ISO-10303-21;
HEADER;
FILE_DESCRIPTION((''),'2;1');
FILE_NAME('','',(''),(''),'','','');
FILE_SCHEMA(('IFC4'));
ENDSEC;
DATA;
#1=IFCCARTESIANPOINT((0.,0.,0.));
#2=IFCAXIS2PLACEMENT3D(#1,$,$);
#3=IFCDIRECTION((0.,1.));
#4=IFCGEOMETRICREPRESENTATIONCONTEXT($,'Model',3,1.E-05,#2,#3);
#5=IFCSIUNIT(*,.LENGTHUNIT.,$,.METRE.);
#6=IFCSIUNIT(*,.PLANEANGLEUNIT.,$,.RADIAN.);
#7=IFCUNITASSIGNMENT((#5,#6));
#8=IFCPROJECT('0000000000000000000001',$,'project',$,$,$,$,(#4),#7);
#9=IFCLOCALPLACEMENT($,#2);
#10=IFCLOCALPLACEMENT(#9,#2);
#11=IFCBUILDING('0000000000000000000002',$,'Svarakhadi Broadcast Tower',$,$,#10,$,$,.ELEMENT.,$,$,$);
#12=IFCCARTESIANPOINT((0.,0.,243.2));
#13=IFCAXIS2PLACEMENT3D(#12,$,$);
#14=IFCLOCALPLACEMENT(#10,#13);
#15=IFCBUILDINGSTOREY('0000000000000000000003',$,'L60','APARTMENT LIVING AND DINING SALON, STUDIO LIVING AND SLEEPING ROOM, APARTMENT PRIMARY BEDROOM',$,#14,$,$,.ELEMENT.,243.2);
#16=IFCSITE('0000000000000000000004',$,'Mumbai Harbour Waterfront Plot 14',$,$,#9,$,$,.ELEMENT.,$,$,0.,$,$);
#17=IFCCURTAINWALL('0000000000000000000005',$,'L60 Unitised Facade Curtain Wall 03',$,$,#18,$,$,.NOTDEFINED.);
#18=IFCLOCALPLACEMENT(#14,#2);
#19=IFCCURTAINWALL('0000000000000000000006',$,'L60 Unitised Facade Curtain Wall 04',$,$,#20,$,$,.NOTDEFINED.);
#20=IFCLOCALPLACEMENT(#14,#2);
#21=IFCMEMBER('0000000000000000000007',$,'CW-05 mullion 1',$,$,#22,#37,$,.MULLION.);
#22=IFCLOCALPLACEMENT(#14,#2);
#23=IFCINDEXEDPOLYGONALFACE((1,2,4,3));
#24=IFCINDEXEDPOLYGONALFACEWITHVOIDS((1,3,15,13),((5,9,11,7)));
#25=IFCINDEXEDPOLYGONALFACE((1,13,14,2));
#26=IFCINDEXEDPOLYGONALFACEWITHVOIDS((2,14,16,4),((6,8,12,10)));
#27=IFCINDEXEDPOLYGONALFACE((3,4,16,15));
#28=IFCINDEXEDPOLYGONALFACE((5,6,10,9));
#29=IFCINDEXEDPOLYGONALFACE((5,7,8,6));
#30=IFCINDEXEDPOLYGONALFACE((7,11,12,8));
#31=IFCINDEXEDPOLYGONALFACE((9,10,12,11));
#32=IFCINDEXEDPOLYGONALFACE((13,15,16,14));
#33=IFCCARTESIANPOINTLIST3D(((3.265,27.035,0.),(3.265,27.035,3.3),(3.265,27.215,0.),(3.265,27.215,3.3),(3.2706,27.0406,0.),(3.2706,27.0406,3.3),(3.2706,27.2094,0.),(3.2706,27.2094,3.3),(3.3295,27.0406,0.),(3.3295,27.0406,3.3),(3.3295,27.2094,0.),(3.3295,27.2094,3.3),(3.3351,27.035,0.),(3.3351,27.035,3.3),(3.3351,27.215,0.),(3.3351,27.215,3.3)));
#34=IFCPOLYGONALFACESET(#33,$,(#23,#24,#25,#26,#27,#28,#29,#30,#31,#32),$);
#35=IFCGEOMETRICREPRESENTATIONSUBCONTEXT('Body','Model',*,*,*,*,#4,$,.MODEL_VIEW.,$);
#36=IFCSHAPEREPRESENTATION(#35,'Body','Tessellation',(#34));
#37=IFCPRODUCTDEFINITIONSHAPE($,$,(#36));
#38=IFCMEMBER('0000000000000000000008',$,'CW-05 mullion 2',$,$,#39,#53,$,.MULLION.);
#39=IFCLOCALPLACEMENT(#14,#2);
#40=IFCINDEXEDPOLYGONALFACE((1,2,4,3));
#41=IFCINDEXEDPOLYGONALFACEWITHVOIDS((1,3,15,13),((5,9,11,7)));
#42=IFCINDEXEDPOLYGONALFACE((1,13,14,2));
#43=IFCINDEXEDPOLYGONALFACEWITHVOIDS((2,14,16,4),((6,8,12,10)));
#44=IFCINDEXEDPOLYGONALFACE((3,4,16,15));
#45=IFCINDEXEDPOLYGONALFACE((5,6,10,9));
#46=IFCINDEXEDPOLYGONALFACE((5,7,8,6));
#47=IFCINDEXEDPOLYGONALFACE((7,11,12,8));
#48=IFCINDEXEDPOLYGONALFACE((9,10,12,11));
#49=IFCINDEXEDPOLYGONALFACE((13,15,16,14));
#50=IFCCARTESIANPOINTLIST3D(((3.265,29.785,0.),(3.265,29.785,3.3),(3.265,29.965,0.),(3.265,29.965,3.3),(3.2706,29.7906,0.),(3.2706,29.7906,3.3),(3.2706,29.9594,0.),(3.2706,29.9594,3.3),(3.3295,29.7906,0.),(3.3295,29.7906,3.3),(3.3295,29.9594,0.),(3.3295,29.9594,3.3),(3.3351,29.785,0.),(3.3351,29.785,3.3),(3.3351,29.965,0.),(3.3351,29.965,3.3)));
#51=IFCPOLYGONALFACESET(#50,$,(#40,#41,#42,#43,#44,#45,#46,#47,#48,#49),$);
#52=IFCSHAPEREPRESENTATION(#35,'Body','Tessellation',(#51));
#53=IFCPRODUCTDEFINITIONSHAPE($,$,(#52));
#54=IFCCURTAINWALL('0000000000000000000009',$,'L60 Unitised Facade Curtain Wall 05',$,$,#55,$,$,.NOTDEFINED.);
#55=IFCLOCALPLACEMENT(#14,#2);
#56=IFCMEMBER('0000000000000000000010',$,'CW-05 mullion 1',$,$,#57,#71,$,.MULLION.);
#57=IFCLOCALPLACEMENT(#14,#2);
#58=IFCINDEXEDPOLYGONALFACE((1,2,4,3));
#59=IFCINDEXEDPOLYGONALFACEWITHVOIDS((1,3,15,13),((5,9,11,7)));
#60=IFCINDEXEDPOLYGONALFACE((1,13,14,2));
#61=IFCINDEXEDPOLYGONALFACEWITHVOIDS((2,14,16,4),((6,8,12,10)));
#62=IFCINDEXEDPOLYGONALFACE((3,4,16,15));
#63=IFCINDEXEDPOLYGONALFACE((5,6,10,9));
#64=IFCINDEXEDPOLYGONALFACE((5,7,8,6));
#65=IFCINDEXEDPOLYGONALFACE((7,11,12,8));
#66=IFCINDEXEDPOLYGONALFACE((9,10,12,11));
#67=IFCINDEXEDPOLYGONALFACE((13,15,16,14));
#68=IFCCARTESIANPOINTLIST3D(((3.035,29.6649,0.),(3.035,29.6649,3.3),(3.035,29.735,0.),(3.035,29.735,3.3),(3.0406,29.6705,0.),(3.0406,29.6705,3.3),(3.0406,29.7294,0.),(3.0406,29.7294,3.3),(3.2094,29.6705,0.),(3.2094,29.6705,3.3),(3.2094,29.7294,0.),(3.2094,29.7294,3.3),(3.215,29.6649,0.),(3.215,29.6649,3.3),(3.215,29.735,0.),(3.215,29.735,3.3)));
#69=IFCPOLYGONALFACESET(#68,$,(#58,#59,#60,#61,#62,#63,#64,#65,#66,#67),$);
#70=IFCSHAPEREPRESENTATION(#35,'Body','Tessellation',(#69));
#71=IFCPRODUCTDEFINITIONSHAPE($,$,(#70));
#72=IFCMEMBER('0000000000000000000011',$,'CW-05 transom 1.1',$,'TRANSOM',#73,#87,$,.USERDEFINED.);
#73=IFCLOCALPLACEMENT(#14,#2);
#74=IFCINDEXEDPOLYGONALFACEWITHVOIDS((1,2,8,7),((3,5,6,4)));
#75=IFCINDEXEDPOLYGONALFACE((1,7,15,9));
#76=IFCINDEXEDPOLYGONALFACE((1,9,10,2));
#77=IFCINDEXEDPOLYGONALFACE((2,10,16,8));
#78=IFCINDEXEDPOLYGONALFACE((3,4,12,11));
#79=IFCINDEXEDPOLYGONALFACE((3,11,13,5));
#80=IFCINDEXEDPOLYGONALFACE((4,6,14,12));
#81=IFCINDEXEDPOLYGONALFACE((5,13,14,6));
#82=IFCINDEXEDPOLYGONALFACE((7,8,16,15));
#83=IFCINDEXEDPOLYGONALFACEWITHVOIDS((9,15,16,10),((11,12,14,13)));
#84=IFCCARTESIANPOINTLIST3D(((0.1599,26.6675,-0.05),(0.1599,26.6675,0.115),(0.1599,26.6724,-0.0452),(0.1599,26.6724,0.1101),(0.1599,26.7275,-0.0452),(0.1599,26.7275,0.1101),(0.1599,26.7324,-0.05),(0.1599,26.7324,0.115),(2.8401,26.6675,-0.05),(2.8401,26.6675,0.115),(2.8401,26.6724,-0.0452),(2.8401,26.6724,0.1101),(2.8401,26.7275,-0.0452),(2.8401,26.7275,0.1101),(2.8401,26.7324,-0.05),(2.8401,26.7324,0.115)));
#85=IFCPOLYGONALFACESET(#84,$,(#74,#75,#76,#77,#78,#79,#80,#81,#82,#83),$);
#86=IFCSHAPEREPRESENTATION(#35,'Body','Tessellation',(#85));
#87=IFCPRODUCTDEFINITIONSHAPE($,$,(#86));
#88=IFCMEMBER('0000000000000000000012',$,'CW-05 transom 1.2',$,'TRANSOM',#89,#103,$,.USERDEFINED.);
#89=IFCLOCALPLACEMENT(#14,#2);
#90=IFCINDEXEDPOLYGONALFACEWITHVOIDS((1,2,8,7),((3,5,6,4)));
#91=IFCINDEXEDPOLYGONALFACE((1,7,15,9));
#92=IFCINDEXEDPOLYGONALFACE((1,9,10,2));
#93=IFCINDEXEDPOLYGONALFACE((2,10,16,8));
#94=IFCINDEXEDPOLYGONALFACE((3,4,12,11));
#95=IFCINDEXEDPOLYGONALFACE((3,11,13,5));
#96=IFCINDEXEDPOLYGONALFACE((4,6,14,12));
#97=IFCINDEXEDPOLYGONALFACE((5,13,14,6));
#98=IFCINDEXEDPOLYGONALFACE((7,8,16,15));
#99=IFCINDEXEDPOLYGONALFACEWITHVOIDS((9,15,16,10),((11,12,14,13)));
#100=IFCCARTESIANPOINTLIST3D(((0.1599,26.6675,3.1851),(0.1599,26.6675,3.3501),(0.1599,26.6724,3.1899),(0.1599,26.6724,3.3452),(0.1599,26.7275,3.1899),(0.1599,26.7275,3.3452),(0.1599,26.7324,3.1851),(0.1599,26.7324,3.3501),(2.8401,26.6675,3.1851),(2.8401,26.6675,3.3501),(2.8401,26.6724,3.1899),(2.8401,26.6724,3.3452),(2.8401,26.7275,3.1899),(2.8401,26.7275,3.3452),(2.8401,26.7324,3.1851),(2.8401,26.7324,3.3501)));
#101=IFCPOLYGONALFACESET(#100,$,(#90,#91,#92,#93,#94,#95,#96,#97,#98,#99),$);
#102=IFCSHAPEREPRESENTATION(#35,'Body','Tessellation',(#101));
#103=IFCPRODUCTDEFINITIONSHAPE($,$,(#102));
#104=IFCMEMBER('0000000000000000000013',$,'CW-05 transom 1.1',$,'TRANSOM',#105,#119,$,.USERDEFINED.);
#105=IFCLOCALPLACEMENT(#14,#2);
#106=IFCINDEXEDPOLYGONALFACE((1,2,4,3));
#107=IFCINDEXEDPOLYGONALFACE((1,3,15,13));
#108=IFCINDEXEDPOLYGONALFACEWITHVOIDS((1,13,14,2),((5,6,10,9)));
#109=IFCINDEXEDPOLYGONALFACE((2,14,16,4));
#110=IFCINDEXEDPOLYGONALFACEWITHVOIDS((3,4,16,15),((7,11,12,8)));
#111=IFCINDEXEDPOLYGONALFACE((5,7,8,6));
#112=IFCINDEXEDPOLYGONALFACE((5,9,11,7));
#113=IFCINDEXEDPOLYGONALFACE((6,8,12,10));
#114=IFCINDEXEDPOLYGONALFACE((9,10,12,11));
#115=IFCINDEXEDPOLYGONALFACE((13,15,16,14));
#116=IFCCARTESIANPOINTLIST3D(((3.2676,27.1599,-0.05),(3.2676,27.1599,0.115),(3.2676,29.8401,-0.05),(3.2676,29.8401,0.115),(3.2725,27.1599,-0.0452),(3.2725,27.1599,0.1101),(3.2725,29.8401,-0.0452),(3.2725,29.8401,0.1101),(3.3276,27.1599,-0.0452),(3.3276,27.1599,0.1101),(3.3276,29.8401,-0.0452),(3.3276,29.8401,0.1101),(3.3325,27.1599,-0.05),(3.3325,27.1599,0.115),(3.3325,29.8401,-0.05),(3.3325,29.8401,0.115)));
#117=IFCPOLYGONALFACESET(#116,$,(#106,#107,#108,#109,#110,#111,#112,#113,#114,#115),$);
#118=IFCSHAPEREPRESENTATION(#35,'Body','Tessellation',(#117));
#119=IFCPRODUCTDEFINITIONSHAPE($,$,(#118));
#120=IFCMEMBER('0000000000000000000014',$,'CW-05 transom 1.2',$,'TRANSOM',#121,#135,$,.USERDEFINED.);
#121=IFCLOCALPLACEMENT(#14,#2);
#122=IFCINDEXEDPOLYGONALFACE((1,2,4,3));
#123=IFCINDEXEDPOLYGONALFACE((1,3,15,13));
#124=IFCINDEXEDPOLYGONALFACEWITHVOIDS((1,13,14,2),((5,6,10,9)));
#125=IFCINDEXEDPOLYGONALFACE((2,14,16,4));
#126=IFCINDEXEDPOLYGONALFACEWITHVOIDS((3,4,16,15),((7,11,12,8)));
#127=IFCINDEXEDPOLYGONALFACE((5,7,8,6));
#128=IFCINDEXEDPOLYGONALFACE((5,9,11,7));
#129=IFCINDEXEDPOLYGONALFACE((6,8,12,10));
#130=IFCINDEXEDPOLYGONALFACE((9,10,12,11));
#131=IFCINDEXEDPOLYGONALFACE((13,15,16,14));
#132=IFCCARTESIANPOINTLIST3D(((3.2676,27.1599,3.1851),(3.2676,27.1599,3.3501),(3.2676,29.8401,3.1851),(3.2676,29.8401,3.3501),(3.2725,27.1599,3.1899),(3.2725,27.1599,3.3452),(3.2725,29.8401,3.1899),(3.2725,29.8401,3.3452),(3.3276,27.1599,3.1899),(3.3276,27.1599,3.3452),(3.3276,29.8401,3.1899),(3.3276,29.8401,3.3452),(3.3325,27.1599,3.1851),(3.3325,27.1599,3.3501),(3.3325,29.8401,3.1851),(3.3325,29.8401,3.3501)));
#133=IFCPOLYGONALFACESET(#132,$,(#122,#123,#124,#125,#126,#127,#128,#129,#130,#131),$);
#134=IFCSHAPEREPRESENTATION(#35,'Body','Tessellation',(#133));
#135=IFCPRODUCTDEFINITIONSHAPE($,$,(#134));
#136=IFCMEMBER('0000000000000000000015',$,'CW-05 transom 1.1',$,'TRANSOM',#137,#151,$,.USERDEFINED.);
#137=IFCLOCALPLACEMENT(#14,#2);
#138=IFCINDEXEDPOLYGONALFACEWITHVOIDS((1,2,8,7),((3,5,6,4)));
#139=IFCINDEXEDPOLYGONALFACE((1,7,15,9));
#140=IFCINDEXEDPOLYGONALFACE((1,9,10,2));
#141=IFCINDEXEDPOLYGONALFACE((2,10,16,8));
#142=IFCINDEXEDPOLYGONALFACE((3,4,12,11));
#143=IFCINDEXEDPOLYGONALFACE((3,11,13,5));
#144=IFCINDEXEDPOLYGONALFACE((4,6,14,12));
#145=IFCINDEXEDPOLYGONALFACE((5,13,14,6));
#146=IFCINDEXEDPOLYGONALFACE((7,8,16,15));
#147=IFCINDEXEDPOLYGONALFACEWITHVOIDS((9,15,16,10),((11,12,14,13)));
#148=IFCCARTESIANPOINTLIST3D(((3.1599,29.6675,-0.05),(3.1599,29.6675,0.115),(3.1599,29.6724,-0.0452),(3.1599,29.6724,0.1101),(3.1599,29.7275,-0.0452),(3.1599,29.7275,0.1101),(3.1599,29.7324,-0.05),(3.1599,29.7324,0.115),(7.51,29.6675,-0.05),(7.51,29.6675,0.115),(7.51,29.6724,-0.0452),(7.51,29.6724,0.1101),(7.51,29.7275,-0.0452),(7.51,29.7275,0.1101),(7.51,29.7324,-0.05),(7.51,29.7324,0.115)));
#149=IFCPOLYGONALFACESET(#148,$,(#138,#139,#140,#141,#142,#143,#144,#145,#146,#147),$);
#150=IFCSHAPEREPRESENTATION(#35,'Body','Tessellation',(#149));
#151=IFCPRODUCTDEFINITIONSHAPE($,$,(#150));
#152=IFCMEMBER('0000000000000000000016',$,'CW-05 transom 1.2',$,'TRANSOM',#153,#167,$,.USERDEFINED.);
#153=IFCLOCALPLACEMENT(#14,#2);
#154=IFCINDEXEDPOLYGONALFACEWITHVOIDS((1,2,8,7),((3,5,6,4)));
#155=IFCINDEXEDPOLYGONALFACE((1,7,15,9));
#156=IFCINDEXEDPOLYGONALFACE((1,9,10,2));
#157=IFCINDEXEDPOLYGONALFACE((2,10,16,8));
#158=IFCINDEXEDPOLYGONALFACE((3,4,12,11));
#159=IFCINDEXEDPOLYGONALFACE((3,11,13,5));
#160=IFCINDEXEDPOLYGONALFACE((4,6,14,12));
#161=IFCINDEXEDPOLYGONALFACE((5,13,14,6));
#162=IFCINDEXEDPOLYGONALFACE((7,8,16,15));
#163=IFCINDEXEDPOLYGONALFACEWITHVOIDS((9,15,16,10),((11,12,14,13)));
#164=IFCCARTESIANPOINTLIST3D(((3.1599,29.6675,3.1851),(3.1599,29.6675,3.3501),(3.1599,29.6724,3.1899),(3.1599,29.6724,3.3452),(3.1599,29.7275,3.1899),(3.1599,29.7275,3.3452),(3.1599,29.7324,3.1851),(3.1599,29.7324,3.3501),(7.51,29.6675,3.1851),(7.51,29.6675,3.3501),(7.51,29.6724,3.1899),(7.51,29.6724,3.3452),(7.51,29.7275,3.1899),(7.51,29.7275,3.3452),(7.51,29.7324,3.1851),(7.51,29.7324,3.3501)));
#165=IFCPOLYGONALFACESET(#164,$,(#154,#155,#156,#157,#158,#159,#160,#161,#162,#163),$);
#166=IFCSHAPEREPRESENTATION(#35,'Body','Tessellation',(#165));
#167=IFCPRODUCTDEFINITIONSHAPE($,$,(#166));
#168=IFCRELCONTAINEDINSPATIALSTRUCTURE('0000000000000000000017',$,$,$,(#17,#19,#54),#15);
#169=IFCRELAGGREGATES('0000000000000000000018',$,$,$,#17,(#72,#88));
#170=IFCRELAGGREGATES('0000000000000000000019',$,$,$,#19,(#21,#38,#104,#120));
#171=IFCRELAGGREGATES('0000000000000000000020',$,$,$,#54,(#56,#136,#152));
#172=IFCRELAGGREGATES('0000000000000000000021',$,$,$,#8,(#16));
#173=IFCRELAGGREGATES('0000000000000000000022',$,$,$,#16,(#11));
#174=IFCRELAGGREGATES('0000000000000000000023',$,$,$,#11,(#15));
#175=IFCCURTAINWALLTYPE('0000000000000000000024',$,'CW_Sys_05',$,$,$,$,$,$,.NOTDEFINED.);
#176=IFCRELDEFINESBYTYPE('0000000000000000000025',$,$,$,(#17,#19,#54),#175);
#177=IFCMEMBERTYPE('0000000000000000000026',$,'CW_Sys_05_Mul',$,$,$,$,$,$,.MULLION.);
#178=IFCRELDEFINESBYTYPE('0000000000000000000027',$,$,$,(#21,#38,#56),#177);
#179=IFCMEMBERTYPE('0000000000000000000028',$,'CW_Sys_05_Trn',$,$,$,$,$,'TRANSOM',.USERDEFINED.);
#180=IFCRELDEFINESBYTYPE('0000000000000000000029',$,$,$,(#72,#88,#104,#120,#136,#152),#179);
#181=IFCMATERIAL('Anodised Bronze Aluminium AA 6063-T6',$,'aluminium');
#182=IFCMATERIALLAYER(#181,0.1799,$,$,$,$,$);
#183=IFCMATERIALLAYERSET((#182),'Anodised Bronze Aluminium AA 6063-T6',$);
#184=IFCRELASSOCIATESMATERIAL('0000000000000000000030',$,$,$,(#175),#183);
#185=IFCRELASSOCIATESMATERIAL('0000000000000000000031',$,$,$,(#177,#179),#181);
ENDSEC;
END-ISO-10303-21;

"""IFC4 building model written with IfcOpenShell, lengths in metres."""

from ifc_helpers import new_model, si_unit, direction, frame, origin, origin_2d, place, context, subcontext, project, spatial, hollow_rectangle, extrude, material, layer, layer_set, material_profile, profile_set, type_object, element, aggregate, save


model = new_model("IFC4")

# Units and contexts
model_context = context("Model", 3, precision=1e-05, world=origin(), true_north=direction((0.0, 1.0)))
body_context = subcontext(model_context, "Body", "Model", "MODEL_VIEW")
ifc_project = project(units=[si_unit("LENGTHUNIT", "METRE"), si_unit("PLANEANGLEUNIT", "RADIAN")], contexts=[model_context])

# Site, building, storey
site_placement = place(None, origin())
site = spatial("IfcSite", under=ifc_project, at=site_placement, Name="Mumbai Harbour Waterfront Plot 14", CompositionType="ELEMENT", RefElevation=0.0)
building_placement = place(site_placement, origin())
building = spatial("IfcBuilding", under=site, at=building_placement, Name="Svarakhadi Broadcast Tower", CompositionType="ELEMENT")
storey_placement = place(building_placement, frame((0.0, 0.0, 243.2)))
storey = spatial("IfcBuildingStorey", under=building, at=storey_placement, Name="L60", Description="APARTMENT LIVING AND DINING SALON, STUDIO LIVING AND SLEEPING ROOM, APARTMENT PRIMARY BEDROOM", CompositionType="ELEMENT", Elevation=243.2)

# Curtain walls, members
ifc_material_1 = material(Name="Anodised Bronze Aluminium AA 6063-T6", Category="aluminium")
ifc_layer_1 = layer(ifc_material_1, 0.1799)
ifc_layer_set_1 = layer_set([ifc_layer_1], Name="Anodised Bronze Aluminium AA 6063-T6")
curtain_wall_type = type_object("IfcCurtainWallType", Name="CW_Sys_05", PredefinedType="NOTDEFINED", material=ifc_layer_set_1)
curtain_wall_1_placement = place(storey_placement, origin())
curtain_wall_1 = element("IfcCurtainWall", 1, at=curtain_wall_1_placement, inside=storey, type_object=curtain_wall_type, Name="L60 Unitised Facade Curtain Wall 03", PredefinedType="NOTDEFINED")
ifc_material_profile_1 = material_profile(ifc_material_1, hollow_rectangle(XDim=0.0701, YDim=0.1799, WallThickness=0.0056, at=origin_2d()), Name="ALU MULLION 180x70x6")
ifc_profile_set_1 = profile_set([ifc_material_profile_1], Name="Anodised Bronze Aluminium AA 6063-T6")
member_type_1 = type_object("IfcMemberType", Name="CW_Sys_05_Mul", PredefinedType="MULLION", material=ifc_profile_set_1)
curtain_wall_2_placement = place(storey_placement, origin())
curtain_wall_2 = element("IfcCurtainWall", 2, at=curtain_wall_2_placement, inside=storey, type_object=curtain_wall_type, Name="L60 Unitised Facade Curtain Wall 04", PredefinedType="NOTDEFINED")
member_1_placement = place(storey_placement, frame((3.3, 27.125, 0.0), z_axis=(0.0, 0.0, 1.0), x_axis=(-1.0, 0.0, 0.0)))
member_1 = element("IfcMember", 3, at=member_1_placement, type_object=member_type_1, Name="CW-05 mullion 1", PredefinedType="MULLION", context=body_context, shape_type="SweptSolid", body=[
    extrude(hollow_rectangle(XDim=0.0701, YDim=0.1799, WallThickness=0.0056, at=origin_2d()), origin(), (0.0, 0.0, 1.0), 3.3),
])
member_2_placement = place(storey_placement, frame((3.3, 29.875, 0.0), z_axis=(0.0, 0.0, 1.0), x_axis=(-1.0, 0.0, 0.0)))
member_2 = element("IfcMember", 4, at=member_2_placement, type_object=member_type_1, Name="CW-05 mullion 2", PredefinedType="MULLION", context=body_context, shape_type="SweptSolid", body=[
    extrude(hollow_rectangle(XDim=0.0701, YDim=0.1799, WallThickness=0.0056, at=origin_2d()), origin(), (0.0, 0.0, 1.0), 3.3),
])

# Curtain wall, member
curtain_wall_3_placement = place(storey_placement, origin())
curtain_wall_3 = element("IfcCurtainWall", 5, at=curtain_wall_3_placement, inside=storey, type_object=curtain_wall_type, Name="L60 Unitised Facade Curtain Wall 05", PredefinedType="NOTDEFINED")
member_3_placement = place(storey_placement, frame((3.125, 29.7, 0.0), z_axis=(0.0, 0.0, 1.0), x_axis=(0.0, 1.0, 0.0)))
member_3 = element("IfcMember", 6, at=member_3_placement, type_object=member_type_1, Name="CW-05 mullion 1", PredefinedType="MULLION", context=body_context, shape_type="SweptSolid", body=[
    extrude(hollow_rectangle(XDim=0.0701, YDim=0.1799, WallThickness=0.0056, at=origin_2d()), origin(), (0.0, 0.0, 1.0), 3.3),
])

# Members
ifc_material_profile_2 = material_profile(ifc_material_1, hollow_rectangle(XDim=0.0649, YDim=0.165, WallThickness=0.0049, at=origin_2d()), Name="ALU TRANSOM 165x65x5")
ifc_profile_set_2 = profile_set([ifc_material_profile_2], Name="Anodised Bronze Aluminium AA 6063-T6")
member_type_2 = type_object("IfcMemberType", Name="CW_Sys_05_Trn", ElementType="TRANSOM", PredefinedType="USERDEFINED", material=ifc_profile_set_2)
member_4_placement = place(storey_placement, frame((0.1599, 26.7, 0.0325), z_axis=(1.0, 0.0, 0.0), x_axis=(0.0, 1.0, 0.0)))
member_4 = element("IfcMember", 7, at=member_4_placement, type_object=member_type_2, Name="CW-05 transom 1.1", ObjectType="TRANSOM", PredefinedType="USERDEFINED", context=body_context, shape_type="SweptSolid", body=[
    extrude(hollow_rectangle(XDim=0.0649, YDim=0.165, WallThickness=0.0049, at=origin_2d()), origin(), (0.0, 0.0, 1.0), 2.6802),
])
member_5_placement = place(storey_placement, frame((0.1599, 26.7, 3.2676), z_axis=(1.0, 0.0, 0.0), x_axis=(0.0, 1.0, 0.0)))
member_5 = element("IfcMember", 8, at=member_5_placement, type_object=member_type_2, Name="CW-05 transom 1.2", ObjectType="TRANSOM", PredefinedType="USERDEFINED", context=body_context, shape_type="SweptSolid", body=[
    extrude(hollow_rectangle(XDim=0.0649, YDim=0.165, WallThickness=0.0049, at=origin_2d()), origin(), (0.0, 0.0, 1.0), 2.6802),
])
member_6_placement = place(storey_placement, frame((3.3, 27.1599, 0.0325), z_axis=(0.0, 1.0, 0.0), x_axis=(-1.0, 0.0, 0.0)))
member_6 = element("IfcMember", 9, at=member_6_placement, type_object=member_type_2, Name="CW-05 transom 1.1", ObjectType="TRANSOM", PredefinedType="USERDEFINED", context=body_context, shape_type="SweptSolid", body=[
    extrude(hollow_rectangle(XDim=0.0649, YDim=0.165, WallThickness=0.0049, at=origin_2d()), origin(), (0.0, 0.0, 1.0), 2.6802),
])
member_7_placement = place(storey_placement, frame((3.3, 27.1599, 3.2676), z_axis=(0.0, 1.0, 0.0), x_axis=(-1.0, 0.0, 0.0)))
member_7 = element("IfcMember", 10, at=member_7_placement, type_object=member_type_2, Name="CW-05 transom 1.2", ObjectType="TRANSOM", PredefinedType="USERDEFINED", context=body_context, shape_type="SweptSolid", body=[
    extrude(hollow_rectangle(XDim=0.0649, YDim=0.165, WallThickness=0.0049, at=origin_2d()), origin(), (0.0, 0.0, 1.0), 2.6802),
])
member_8_placement = place(storey_placement, frame((3.1599, 29.7, 0.0325), z_axis=(1.0, 0.0, 0.0), x_axis=(0.0, 1.0, 0.0)))
member_8 = element("IfcMember", 11, at=member_8_placement, type_object=member_type_2, Name="CW-05 transom 1.1", ObjectType="TRANSOM", PredefinedType="USERDEFINED", context=body_context, shape_type="SweptSolid", body=[
    extrude(hollow_rectangle(XDim=0.0649, YDim=0.165, WallThickness=0.0049, at=origin_2d()), origin(), (0.0, 0.0, 1.0), 4.3501),
])
member_9_placement = place(storey_placement, frame((3.1599, 29.7, 3.2676), z_axis=(1.0, 0.0, 0.0), x_axis=(0.0, 1.0, 0.0)))
member_9 = element("IfcMember", 12, at=member_9_placement, type_object=member_type_2, Name="CW-05 transom 1.2", ObjectType="TRANSOM", PredefinedType="USERDEFINED", context=body_context, shape_type="SweptSolid", body=[
    extrude(hollow_rectangle(XDim=0.0649, YDim=0.165, WallThickness=0.0049, at=origin_2d()), origin(), (0.0, 0.0, 1.0), 4.3501),
])

aggregate(curtain_wall_1, [member_4, member_5])
aggregate(curtain_wall_2, [member_1, member_2, member_6, member_7])
aggregate(curtain_wall_3, [member_3, member_8, member_9])

save(model, "model.ifc")
